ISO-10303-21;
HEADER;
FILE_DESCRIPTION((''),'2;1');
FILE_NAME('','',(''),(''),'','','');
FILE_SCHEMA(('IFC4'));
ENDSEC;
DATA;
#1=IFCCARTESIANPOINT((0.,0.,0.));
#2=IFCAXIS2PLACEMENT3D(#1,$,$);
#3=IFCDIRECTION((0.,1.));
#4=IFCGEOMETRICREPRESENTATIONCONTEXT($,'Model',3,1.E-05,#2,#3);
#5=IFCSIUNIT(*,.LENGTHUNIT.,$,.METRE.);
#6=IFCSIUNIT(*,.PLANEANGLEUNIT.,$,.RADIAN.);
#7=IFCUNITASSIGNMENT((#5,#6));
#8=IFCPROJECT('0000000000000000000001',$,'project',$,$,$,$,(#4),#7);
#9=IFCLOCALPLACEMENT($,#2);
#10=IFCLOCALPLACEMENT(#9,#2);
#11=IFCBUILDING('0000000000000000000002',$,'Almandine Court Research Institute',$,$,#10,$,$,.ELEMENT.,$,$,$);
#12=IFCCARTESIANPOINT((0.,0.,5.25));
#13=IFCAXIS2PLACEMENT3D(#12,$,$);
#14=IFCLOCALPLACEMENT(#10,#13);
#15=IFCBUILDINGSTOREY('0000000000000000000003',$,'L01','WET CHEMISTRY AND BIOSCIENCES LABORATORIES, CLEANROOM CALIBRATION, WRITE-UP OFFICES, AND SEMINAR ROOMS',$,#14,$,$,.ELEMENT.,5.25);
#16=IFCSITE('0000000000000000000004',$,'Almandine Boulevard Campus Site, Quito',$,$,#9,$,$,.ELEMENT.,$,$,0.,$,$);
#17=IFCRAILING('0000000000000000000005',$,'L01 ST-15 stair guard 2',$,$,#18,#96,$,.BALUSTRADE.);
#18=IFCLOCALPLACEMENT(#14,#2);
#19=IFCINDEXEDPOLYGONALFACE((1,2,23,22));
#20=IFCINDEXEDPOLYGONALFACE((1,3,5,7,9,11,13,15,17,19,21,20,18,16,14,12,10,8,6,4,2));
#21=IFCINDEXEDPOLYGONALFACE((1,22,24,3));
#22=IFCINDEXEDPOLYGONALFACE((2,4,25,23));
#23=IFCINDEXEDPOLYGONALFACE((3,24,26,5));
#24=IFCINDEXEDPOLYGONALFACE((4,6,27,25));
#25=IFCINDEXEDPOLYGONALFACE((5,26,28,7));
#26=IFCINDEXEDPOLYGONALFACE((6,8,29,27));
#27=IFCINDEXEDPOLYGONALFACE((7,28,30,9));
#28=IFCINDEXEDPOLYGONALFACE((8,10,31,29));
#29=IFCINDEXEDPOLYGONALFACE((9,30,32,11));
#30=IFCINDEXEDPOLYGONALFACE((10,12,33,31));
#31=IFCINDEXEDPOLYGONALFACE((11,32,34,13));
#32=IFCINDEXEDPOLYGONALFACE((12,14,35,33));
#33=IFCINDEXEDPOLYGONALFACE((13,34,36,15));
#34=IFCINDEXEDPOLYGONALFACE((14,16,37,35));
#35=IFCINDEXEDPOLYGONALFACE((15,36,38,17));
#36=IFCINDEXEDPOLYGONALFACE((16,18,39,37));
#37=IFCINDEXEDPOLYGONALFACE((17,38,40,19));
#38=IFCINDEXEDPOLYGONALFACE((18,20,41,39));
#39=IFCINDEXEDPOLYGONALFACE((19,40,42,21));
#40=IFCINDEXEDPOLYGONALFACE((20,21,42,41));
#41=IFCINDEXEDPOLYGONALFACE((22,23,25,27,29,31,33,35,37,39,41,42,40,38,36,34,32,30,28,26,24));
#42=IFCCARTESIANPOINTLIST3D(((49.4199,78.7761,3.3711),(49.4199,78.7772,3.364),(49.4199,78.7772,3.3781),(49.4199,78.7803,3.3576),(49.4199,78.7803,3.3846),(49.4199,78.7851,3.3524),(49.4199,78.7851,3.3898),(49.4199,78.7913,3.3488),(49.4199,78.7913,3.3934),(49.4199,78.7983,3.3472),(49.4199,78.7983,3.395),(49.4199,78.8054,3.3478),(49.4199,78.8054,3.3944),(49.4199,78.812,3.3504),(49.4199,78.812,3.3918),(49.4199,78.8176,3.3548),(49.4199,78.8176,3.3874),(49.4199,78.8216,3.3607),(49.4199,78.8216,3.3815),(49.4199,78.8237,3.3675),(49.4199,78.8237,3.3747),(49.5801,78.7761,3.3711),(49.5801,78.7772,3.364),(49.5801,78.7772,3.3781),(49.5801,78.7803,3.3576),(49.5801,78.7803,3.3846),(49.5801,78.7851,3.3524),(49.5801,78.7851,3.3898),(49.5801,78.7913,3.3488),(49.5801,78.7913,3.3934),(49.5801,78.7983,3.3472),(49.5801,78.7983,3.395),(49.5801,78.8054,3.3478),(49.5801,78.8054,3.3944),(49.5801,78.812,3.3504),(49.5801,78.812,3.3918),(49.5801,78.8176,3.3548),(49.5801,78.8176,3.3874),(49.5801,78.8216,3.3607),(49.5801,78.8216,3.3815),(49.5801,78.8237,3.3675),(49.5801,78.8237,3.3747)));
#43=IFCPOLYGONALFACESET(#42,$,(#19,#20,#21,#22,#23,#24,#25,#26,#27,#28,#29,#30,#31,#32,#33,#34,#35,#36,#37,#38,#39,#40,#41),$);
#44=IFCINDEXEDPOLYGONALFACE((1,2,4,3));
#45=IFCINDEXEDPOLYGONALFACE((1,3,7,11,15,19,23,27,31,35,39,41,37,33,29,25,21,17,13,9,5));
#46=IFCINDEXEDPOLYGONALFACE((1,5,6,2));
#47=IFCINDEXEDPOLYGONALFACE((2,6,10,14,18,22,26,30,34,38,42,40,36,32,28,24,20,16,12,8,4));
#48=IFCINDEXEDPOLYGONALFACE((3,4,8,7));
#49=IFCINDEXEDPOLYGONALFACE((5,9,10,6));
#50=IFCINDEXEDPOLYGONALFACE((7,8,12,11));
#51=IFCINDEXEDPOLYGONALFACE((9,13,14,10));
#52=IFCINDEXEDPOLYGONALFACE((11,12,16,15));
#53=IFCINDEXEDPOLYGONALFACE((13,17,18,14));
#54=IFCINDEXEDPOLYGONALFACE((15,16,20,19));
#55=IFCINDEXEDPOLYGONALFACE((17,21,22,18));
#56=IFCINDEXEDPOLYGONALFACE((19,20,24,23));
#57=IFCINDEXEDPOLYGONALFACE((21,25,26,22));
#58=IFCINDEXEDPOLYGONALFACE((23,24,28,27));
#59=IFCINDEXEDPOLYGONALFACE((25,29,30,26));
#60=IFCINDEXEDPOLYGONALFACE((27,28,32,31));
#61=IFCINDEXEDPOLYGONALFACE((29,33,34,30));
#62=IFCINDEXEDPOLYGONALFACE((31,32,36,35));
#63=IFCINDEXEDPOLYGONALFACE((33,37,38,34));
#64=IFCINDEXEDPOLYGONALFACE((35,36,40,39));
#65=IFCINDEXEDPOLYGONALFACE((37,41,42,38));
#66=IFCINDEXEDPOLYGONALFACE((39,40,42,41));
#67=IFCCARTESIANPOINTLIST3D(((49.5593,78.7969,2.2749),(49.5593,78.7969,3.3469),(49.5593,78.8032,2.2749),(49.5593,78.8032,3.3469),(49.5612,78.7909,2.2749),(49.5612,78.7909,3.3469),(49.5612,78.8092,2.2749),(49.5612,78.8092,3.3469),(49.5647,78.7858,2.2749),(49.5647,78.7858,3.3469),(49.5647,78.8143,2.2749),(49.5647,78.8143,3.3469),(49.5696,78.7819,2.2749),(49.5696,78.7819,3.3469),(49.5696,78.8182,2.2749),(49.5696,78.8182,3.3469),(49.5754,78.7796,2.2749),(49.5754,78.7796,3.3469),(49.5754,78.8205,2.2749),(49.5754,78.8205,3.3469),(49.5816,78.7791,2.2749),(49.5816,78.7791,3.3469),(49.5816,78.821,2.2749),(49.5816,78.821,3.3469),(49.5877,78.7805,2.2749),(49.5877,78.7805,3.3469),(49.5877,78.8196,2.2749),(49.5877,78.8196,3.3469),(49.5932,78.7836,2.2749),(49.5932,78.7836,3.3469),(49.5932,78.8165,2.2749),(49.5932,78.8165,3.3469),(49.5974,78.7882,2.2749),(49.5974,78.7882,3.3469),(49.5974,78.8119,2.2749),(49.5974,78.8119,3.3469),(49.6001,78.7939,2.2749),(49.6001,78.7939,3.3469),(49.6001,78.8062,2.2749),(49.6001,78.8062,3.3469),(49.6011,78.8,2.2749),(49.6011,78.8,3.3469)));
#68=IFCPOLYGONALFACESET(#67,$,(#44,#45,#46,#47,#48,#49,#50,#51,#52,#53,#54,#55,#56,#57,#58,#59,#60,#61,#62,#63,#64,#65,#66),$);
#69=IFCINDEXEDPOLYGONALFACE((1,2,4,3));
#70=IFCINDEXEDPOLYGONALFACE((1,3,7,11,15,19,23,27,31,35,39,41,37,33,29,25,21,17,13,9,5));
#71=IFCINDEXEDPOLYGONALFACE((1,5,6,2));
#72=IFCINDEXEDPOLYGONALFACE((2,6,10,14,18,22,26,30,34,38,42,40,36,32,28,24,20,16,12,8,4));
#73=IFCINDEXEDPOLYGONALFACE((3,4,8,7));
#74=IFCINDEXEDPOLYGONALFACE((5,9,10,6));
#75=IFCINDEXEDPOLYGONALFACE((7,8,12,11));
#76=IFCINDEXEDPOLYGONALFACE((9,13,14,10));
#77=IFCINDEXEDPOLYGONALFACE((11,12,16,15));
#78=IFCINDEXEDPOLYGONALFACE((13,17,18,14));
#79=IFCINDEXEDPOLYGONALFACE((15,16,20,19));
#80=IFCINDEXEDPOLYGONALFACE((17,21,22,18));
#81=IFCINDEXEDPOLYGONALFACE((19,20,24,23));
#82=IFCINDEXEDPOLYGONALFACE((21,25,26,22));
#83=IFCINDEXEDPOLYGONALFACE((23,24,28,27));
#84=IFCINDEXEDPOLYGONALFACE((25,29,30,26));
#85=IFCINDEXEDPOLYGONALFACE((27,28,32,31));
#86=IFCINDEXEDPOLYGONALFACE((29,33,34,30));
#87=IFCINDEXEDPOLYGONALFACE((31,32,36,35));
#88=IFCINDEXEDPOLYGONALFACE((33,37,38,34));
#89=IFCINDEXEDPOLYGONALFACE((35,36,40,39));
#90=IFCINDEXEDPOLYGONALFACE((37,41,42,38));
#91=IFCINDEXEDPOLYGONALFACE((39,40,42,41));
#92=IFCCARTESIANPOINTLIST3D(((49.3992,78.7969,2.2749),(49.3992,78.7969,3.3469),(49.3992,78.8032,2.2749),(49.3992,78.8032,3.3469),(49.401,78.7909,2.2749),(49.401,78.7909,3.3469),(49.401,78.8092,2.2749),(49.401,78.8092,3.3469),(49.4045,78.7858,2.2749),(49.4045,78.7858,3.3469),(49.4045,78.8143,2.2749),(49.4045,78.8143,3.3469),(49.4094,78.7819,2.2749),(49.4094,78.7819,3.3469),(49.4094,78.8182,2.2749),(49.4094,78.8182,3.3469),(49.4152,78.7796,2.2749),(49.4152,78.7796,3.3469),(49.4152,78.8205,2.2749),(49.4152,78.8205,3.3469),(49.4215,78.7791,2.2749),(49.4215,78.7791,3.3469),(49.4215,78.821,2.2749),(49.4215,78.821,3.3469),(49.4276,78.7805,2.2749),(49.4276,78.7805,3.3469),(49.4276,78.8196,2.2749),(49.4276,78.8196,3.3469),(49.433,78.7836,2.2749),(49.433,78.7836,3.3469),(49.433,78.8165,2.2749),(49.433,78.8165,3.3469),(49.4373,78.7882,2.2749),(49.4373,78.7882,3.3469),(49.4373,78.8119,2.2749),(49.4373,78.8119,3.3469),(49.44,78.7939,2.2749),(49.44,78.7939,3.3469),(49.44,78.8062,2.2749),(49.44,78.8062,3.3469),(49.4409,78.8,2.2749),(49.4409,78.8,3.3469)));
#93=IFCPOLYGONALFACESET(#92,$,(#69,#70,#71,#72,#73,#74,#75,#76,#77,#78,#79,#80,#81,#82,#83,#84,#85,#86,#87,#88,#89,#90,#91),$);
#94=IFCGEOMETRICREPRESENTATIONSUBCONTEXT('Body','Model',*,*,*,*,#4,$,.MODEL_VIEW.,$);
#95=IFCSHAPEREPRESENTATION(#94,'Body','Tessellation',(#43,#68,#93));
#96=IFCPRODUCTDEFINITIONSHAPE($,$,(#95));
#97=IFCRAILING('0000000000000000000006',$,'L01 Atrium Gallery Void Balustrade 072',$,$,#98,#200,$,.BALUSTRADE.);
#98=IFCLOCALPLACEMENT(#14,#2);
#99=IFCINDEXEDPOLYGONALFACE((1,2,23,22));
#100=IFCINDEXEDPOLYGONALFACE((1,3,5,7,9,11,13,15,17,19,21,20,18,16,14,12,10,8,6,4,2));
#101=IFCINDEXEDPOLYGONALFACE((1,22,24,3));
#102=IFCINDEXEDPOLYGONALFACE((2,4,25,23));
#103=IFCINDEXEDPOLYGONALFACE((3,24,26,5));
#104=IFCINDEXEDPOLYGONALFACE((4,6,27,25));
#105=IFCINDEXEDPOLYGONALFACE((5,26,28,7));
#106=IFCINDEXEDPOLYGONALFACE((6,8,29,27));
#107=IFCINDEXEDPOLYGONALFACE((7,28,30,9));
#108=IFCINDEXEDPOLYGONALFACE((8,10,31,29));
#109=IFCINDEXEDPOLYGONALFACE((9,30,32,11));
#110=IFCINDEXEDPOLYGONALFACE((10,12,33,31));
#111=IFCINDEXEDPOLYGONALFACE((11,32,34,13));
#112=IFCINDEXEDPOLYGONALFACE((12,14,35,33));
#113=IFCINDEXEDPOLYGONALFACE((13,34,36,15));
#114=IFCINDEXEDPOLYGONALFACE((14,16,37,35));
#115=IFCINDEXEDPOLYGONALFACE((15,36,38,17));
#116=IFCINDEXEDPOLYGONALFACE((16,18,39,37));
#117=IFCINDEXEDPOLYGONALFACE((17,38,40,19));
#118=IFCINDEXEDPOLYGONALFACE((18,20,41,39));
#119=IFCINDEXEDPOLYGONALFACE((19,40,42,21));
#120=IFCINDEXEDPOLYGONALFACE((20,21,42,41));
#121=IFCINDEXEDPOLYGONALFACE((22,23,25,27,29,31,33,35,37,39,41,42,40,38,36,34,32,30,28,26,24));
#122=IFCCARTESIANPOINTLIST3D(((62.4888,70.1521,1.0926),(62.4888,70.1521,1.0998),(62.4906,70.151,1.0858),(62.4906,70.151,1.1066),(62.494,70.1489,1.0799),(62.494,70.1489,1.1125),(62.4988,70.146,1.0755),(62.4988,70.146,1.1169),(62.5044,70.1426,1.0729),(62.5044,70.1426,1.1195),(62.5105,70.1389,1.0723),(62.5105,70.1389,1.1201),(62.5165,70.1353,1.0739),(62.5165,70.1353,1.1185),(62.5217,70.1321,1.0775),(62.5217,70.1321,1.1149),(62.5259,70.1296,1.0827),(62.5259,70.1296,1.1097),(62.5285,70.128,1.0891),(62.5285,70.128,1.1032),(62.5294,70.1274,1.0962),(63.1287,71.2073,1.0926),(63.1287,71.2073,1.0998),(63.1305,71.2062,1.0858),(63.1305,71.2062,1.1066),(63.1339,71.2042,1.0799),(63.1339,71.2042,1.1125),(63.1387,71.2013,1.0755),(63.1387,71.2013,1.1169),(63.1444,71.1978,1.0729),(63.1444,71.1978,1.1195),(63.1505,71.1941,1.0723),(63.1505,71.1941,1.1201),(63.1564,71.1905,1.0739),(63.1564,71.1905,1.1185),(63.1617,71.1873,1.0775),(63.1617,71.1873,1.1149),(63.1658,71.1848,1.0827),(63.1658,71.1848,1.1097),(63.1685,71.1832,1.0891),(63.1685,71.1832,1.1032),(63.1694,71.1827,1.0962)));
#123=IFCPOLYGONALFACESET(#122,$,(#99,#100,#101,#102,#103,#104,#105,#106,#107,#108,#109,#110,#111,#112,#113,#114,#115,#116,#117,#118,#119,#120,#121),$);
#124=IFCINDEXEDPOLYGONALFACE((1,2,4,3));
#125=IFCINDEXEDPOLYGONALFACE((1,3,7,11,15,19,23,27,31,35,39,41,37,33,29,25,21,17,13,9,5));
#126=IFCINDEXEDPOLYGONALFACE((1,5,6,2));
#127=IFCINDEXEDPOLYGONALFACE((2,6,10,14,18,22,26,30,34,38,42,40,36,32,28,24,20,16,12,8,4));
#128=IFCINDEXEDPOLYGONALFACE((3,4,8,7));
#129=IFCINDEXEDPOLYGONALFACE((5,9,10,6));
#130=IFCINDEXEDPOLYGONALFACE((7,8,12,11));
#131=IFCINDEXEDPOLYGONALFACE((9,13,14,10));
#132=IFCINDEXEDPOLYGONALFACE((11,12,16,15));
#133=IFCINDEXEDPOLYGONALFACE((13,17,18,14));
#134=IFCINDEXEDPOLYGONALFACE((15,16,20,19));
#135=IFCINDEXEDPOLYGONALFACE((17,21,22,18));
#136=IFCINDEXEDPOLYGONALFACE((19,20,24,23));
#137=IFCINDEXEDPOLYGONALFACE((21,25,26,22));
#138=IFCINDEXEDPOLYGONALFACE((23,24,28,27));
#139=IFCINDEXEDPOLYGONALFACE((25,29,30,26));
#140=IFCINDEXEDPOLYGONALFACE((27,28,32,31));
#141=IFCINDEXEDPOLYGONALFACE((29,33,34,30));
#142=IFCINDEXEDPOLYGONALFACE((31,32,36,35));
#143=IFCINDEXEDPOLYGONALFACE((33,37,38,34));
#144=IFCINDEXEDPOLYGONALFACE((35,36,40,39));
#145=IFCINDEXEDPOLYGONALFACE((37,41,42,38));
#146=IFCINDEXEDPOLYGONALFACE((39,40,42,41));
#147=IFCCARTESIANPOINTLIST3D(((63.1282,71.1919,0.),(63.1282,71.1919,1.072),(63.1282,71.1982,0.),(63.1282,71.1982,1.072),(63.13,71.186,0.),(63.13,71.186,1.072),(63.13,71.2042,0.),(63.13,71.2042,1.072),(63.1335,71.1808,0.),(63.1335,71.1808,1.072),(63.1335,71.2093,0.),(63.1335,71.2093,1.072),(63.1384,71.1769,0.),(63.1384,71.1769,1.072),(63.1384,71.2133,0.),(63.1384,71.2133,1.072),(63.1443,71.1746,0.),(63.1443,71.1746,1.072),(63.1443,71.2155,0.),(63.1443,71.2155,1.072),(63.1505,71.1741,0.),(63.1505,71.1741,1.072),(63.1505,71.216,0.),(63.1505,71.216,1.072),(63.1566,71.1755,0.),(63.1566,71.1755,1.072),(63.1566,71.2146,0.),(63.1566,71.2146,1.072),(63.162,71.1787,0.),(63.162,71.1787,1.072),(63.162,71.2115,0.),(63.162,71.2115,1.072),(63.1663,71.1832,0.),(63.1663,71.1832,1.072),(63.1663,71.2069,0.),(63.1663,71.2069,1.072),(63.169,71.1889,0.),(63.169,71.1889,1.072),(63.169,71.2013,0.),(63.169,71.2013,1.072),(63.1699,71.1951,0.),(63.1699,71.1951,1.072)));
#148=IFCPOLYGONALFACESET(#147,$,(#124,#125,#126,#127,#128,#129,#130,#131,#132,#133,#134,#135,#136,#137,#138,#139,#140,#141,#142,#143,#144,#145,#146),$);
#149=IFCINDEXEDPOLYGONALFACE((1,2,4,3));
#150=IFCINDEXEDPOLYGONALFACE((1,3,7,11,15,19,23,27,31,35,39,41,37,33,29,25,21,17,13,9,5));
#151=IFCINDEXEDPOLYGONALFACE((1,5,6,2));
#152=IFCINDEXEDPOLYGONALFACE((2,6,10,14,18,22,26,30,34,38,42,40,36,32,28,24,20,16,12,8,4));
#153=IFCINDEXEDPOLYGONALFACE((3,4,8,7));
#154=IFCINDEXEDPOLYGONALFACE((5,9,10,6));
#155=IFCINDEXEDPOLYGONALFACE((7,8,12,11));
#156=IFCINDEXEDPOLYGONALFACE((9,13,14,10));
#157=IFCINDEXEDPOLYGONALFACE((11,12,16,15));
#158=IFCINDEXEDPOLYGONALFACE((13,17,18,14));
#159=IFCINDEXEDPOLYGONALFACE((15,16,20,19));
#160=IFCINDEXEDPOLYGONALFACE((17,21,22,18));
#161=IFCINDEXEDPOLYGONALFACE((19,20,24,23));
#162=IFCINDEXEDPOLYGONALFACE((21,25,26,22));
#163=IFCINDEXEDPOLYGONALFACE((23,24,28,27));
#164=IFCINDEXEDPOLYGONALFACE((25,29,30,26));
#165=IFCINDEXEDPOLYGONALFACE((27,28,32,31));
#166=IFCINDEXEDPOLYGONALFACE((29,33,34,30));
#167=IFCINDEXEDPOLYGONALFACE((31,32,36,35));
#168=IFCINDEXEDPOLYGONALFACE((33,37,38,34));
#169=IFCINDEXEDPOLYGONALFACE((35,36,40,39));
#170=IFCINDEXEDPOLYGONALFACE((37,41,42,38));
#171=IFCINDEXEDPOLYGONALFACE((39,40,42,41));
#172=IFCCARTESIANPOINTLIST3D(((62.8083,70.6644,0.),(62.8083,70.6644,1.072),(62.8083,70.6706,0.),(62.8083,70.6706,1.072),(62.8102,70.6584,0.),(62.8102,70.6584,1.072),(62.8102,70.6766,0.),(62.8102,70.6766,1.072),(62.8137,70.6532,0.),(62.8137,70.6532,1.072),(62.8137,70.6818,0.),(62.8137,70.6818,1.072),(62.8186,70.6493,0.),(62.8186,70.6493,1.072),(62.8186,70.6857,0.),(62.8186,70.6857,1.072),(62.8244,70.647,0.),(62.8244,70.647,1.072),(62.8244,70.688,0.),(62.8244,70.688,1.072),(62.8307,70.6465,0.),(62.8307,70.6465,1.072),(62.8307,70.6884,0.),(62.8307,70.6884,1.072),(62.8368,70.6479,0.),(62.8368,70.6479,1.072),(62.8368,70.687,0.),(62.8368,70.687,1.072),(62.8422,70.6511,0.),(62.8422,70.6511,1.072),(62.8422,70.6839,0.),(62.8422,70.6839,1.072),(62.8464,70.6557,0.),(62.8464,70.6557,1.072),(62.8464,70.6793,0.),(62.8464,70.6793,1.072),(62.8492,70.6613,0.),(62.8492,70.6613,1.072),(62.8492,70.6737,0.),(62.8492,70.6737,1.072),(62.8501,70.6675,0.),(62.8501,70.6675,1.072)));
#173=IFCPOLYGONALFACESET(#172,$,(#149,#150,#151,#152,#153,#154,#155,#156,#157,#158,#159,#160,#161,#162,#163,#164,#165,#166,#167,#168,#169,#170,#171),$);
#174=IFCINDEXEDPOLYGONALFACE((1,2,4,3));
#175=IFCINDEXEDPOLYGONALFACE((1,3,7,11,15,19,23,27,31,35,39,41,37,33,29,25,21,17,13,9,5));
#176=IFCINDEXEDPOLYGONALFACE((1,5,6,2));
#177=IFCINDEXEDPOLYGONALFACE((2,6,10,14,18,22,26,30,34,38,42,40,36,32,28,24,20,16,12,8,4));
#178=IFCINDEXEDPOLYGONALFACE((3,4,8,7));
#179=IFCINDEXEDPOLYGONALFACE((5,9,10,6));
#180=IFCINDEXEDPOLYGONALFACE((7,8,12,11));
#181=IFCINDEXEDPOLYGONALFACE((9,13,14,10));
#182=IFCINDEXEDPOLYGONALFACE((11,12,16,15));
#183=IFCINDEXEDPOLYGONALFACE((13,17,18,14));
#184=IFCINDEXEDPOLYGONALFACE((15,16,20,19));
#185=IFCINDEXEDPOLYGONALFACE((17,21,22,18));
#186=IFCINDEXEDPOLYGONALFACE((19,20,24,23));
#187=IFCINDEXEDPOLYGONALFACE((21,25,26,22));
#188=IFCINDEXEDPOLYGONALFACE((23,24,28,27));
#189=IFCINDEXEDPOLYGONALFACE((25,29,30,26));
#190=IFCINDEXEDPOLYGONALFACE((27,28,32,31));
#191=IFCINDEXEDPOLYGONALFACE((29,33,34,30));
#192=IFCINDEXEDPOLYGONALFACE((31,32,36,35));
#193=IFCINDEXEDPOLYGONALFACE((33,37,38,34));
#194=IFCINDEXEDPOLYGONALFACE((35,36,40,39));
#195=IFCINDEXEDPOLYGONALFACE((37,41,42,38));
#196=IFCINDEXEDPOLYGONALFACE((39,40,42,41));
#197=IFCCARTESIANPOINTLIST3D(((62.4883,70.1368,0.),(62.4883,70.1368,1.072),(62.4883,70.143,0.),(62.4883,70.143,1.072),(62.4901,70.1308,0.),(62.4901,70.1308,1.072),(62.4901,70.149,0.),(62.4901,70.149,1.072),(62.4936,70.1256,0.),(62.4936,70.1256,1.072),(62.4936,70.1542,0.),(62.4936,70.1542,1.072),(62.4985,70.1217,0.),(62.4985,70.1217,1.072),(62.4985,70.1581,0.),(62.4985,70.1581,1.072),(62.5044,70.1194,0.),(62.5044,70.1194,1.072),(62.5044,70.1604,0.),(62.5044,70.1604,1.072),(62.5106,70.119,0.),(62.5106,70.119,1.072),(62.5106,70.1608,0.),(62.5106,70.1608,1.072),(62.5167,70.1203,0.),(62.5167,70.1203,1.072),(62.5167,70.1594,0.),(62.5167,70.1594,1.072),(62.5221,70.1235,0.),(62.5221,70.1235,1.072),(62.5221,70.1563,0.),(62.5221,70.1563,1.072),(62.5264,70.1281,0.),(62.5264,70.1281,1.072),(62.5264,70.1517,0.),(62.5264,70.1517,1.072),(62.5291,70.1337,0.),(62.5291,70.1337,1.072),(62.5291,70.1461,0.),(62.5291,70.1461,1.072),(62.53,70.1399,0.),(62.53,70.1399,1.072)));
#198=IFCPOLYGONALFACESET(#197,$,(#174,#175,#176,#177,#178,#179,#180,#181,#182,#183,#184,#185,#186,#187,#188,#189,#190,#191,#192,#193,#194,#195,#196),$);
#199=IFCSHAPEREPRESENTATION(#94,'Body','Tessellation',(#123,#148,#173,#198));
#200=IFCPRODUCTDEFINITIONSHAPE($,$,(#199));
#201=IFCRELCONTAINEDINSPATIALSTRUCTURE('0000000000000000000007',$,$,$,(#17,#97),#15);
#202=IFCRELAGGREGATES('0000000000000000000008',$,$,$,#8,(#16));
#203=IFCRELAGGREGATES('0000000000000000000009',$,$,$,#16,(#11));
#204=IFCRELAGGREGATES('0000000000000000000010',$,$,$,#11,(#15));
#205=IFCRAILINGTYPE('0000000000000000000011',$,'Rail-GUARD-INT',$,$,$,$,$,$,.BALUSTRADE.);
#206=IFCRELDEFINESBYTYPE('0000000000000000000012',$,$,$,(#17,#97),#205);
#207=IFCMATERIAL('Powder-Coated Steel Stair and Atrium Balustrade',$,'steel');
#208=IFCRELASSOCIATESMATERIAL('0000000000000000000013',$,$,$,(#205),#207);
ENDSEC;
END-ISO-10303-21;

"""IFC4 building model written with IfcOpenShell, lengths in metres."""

from ifc_helpers import new_model, si_unit, direction, frame, origin, origin_2d, place, context, subcontext, project, spatial, circle, extrude, material, type_object, element, save


model = new_model("IFC4")

# Units and contexts
model_context = context("Model", 3, precision=1e-05, world=origin(), true_north=direction((0.0, 1.0)))
body_context = subcontext(model_context, "Body", "Model", "MODEL_VIEW")
ifc_project = project(units=[si_unit("LENGTHUNIT", "METRE"), si_unit("PLANEANGLEUNIT", "RADIAN")], contexts=[model_context])

# Site, building, storey
site_placement = place(None, origin())
site = spatial("IfcSite", under=ifc_project, at=site_placement, Name="Almandine Boulevard Campus Site, Quito", CompositionType="ELEMENT", RefElevation=0.0)
building_placement = place(site_placement, origin())
building = spatial("IfcBuilding", under=site, at=building_placement, Name="Almandine Court Research Institute", CompositionType="ELEMENT")
storey_placement = place(building_placement, frame((0.0, 0.0, 5.25)))
storey = spatial("IfcBuildingStorey", under=building, at=storey_placement, Name="L01", Description="WET CHEMISTRY AND BIOSCIENCES LABORATORIES, CLEANROOM CALIBRATION, WRITE-UP OFFICES, AND SEMINAR ROOMS", CompositionType="ELEMENT", Elevation=5.25)

# Railings
ifc_material_1 = material(Name="Powder-Coated Steel Stair and Atrium Balustrade", Category="steel")
railing_type_1 = type_object("IfcRailingType", Name="Rail-GUARD-INT", PredefinedType="BALUSTRADE", material=ifc_material_1)
railing_1_placement = place(storey_placement, frame((49.5801, 78.8, 2.2749)))
element("IfcRailing", 1, at=railing_1_placement, inside=storey, type_object=railing_type_1, Name="L01 ST-15 stair guard 2", PredefinedType="BALUSTRADE", context=body_context, shape_type="SweptSolid", body=[
    extrude(circle(Radius=0.0239, at=origin_2d()), frame((0.0, 0.0, 1.0962), z_axis=(-1.0, 0.0, 0.0), x_axis=(0.0, -1.0, 0.0)), (0.0, 0.0, 1.0), 0.1602),
    extrude(circle(Radius=0.021, at=origin_2d()), origin(), (0.0, 0.0, 1.0), 1.072),
    extrude(circle(Radius=0.021, at=origin_2d()), frame((-0.1602, 0.0, 0.0)), (0.0, 0.0, 1.0), 1.072),
])
railing_2_placement = place(storey_placement, frame((63.1489, 71.1951, 0.0)))
element("IfcRailing", 2, at=railing_2_placement, inside=storey, type_object=railing_type_1, Name="L01 Atrium Gallery Void Balustrade 072", PredefinedType="BALUSTRADE", context=body_context, shape_type="SweptSolid", body=[
    extrude(circle(Radius=0.0239, at=origin_2d()), frame((0.0, 0.0, 1.0962), z_axis=(-0.518534, -0.855057, 0.0), x_axis=(0.855057, -0.518534, 0.0)), (0.0, 0.0, 1.0), 1.2341),
    extrude(circle(Radius=0.021, at=origin_2d()), origin(), (0.0, 0.0, 1.0), 1.072),
    extrude(circle(Radius=0.021, at=origin_2d()), frame((-0.3198, -0.5276, 0.0)), (0.0, 0.0, 1.0), 1.072),
    extrude(circle(Radius=0.021, at=origin_2d()), frame((-0.6399, -1.0552, 0.0)), (0.0, 0.0, 1.0), 1.072),
])

save(model, "model.ifc")
